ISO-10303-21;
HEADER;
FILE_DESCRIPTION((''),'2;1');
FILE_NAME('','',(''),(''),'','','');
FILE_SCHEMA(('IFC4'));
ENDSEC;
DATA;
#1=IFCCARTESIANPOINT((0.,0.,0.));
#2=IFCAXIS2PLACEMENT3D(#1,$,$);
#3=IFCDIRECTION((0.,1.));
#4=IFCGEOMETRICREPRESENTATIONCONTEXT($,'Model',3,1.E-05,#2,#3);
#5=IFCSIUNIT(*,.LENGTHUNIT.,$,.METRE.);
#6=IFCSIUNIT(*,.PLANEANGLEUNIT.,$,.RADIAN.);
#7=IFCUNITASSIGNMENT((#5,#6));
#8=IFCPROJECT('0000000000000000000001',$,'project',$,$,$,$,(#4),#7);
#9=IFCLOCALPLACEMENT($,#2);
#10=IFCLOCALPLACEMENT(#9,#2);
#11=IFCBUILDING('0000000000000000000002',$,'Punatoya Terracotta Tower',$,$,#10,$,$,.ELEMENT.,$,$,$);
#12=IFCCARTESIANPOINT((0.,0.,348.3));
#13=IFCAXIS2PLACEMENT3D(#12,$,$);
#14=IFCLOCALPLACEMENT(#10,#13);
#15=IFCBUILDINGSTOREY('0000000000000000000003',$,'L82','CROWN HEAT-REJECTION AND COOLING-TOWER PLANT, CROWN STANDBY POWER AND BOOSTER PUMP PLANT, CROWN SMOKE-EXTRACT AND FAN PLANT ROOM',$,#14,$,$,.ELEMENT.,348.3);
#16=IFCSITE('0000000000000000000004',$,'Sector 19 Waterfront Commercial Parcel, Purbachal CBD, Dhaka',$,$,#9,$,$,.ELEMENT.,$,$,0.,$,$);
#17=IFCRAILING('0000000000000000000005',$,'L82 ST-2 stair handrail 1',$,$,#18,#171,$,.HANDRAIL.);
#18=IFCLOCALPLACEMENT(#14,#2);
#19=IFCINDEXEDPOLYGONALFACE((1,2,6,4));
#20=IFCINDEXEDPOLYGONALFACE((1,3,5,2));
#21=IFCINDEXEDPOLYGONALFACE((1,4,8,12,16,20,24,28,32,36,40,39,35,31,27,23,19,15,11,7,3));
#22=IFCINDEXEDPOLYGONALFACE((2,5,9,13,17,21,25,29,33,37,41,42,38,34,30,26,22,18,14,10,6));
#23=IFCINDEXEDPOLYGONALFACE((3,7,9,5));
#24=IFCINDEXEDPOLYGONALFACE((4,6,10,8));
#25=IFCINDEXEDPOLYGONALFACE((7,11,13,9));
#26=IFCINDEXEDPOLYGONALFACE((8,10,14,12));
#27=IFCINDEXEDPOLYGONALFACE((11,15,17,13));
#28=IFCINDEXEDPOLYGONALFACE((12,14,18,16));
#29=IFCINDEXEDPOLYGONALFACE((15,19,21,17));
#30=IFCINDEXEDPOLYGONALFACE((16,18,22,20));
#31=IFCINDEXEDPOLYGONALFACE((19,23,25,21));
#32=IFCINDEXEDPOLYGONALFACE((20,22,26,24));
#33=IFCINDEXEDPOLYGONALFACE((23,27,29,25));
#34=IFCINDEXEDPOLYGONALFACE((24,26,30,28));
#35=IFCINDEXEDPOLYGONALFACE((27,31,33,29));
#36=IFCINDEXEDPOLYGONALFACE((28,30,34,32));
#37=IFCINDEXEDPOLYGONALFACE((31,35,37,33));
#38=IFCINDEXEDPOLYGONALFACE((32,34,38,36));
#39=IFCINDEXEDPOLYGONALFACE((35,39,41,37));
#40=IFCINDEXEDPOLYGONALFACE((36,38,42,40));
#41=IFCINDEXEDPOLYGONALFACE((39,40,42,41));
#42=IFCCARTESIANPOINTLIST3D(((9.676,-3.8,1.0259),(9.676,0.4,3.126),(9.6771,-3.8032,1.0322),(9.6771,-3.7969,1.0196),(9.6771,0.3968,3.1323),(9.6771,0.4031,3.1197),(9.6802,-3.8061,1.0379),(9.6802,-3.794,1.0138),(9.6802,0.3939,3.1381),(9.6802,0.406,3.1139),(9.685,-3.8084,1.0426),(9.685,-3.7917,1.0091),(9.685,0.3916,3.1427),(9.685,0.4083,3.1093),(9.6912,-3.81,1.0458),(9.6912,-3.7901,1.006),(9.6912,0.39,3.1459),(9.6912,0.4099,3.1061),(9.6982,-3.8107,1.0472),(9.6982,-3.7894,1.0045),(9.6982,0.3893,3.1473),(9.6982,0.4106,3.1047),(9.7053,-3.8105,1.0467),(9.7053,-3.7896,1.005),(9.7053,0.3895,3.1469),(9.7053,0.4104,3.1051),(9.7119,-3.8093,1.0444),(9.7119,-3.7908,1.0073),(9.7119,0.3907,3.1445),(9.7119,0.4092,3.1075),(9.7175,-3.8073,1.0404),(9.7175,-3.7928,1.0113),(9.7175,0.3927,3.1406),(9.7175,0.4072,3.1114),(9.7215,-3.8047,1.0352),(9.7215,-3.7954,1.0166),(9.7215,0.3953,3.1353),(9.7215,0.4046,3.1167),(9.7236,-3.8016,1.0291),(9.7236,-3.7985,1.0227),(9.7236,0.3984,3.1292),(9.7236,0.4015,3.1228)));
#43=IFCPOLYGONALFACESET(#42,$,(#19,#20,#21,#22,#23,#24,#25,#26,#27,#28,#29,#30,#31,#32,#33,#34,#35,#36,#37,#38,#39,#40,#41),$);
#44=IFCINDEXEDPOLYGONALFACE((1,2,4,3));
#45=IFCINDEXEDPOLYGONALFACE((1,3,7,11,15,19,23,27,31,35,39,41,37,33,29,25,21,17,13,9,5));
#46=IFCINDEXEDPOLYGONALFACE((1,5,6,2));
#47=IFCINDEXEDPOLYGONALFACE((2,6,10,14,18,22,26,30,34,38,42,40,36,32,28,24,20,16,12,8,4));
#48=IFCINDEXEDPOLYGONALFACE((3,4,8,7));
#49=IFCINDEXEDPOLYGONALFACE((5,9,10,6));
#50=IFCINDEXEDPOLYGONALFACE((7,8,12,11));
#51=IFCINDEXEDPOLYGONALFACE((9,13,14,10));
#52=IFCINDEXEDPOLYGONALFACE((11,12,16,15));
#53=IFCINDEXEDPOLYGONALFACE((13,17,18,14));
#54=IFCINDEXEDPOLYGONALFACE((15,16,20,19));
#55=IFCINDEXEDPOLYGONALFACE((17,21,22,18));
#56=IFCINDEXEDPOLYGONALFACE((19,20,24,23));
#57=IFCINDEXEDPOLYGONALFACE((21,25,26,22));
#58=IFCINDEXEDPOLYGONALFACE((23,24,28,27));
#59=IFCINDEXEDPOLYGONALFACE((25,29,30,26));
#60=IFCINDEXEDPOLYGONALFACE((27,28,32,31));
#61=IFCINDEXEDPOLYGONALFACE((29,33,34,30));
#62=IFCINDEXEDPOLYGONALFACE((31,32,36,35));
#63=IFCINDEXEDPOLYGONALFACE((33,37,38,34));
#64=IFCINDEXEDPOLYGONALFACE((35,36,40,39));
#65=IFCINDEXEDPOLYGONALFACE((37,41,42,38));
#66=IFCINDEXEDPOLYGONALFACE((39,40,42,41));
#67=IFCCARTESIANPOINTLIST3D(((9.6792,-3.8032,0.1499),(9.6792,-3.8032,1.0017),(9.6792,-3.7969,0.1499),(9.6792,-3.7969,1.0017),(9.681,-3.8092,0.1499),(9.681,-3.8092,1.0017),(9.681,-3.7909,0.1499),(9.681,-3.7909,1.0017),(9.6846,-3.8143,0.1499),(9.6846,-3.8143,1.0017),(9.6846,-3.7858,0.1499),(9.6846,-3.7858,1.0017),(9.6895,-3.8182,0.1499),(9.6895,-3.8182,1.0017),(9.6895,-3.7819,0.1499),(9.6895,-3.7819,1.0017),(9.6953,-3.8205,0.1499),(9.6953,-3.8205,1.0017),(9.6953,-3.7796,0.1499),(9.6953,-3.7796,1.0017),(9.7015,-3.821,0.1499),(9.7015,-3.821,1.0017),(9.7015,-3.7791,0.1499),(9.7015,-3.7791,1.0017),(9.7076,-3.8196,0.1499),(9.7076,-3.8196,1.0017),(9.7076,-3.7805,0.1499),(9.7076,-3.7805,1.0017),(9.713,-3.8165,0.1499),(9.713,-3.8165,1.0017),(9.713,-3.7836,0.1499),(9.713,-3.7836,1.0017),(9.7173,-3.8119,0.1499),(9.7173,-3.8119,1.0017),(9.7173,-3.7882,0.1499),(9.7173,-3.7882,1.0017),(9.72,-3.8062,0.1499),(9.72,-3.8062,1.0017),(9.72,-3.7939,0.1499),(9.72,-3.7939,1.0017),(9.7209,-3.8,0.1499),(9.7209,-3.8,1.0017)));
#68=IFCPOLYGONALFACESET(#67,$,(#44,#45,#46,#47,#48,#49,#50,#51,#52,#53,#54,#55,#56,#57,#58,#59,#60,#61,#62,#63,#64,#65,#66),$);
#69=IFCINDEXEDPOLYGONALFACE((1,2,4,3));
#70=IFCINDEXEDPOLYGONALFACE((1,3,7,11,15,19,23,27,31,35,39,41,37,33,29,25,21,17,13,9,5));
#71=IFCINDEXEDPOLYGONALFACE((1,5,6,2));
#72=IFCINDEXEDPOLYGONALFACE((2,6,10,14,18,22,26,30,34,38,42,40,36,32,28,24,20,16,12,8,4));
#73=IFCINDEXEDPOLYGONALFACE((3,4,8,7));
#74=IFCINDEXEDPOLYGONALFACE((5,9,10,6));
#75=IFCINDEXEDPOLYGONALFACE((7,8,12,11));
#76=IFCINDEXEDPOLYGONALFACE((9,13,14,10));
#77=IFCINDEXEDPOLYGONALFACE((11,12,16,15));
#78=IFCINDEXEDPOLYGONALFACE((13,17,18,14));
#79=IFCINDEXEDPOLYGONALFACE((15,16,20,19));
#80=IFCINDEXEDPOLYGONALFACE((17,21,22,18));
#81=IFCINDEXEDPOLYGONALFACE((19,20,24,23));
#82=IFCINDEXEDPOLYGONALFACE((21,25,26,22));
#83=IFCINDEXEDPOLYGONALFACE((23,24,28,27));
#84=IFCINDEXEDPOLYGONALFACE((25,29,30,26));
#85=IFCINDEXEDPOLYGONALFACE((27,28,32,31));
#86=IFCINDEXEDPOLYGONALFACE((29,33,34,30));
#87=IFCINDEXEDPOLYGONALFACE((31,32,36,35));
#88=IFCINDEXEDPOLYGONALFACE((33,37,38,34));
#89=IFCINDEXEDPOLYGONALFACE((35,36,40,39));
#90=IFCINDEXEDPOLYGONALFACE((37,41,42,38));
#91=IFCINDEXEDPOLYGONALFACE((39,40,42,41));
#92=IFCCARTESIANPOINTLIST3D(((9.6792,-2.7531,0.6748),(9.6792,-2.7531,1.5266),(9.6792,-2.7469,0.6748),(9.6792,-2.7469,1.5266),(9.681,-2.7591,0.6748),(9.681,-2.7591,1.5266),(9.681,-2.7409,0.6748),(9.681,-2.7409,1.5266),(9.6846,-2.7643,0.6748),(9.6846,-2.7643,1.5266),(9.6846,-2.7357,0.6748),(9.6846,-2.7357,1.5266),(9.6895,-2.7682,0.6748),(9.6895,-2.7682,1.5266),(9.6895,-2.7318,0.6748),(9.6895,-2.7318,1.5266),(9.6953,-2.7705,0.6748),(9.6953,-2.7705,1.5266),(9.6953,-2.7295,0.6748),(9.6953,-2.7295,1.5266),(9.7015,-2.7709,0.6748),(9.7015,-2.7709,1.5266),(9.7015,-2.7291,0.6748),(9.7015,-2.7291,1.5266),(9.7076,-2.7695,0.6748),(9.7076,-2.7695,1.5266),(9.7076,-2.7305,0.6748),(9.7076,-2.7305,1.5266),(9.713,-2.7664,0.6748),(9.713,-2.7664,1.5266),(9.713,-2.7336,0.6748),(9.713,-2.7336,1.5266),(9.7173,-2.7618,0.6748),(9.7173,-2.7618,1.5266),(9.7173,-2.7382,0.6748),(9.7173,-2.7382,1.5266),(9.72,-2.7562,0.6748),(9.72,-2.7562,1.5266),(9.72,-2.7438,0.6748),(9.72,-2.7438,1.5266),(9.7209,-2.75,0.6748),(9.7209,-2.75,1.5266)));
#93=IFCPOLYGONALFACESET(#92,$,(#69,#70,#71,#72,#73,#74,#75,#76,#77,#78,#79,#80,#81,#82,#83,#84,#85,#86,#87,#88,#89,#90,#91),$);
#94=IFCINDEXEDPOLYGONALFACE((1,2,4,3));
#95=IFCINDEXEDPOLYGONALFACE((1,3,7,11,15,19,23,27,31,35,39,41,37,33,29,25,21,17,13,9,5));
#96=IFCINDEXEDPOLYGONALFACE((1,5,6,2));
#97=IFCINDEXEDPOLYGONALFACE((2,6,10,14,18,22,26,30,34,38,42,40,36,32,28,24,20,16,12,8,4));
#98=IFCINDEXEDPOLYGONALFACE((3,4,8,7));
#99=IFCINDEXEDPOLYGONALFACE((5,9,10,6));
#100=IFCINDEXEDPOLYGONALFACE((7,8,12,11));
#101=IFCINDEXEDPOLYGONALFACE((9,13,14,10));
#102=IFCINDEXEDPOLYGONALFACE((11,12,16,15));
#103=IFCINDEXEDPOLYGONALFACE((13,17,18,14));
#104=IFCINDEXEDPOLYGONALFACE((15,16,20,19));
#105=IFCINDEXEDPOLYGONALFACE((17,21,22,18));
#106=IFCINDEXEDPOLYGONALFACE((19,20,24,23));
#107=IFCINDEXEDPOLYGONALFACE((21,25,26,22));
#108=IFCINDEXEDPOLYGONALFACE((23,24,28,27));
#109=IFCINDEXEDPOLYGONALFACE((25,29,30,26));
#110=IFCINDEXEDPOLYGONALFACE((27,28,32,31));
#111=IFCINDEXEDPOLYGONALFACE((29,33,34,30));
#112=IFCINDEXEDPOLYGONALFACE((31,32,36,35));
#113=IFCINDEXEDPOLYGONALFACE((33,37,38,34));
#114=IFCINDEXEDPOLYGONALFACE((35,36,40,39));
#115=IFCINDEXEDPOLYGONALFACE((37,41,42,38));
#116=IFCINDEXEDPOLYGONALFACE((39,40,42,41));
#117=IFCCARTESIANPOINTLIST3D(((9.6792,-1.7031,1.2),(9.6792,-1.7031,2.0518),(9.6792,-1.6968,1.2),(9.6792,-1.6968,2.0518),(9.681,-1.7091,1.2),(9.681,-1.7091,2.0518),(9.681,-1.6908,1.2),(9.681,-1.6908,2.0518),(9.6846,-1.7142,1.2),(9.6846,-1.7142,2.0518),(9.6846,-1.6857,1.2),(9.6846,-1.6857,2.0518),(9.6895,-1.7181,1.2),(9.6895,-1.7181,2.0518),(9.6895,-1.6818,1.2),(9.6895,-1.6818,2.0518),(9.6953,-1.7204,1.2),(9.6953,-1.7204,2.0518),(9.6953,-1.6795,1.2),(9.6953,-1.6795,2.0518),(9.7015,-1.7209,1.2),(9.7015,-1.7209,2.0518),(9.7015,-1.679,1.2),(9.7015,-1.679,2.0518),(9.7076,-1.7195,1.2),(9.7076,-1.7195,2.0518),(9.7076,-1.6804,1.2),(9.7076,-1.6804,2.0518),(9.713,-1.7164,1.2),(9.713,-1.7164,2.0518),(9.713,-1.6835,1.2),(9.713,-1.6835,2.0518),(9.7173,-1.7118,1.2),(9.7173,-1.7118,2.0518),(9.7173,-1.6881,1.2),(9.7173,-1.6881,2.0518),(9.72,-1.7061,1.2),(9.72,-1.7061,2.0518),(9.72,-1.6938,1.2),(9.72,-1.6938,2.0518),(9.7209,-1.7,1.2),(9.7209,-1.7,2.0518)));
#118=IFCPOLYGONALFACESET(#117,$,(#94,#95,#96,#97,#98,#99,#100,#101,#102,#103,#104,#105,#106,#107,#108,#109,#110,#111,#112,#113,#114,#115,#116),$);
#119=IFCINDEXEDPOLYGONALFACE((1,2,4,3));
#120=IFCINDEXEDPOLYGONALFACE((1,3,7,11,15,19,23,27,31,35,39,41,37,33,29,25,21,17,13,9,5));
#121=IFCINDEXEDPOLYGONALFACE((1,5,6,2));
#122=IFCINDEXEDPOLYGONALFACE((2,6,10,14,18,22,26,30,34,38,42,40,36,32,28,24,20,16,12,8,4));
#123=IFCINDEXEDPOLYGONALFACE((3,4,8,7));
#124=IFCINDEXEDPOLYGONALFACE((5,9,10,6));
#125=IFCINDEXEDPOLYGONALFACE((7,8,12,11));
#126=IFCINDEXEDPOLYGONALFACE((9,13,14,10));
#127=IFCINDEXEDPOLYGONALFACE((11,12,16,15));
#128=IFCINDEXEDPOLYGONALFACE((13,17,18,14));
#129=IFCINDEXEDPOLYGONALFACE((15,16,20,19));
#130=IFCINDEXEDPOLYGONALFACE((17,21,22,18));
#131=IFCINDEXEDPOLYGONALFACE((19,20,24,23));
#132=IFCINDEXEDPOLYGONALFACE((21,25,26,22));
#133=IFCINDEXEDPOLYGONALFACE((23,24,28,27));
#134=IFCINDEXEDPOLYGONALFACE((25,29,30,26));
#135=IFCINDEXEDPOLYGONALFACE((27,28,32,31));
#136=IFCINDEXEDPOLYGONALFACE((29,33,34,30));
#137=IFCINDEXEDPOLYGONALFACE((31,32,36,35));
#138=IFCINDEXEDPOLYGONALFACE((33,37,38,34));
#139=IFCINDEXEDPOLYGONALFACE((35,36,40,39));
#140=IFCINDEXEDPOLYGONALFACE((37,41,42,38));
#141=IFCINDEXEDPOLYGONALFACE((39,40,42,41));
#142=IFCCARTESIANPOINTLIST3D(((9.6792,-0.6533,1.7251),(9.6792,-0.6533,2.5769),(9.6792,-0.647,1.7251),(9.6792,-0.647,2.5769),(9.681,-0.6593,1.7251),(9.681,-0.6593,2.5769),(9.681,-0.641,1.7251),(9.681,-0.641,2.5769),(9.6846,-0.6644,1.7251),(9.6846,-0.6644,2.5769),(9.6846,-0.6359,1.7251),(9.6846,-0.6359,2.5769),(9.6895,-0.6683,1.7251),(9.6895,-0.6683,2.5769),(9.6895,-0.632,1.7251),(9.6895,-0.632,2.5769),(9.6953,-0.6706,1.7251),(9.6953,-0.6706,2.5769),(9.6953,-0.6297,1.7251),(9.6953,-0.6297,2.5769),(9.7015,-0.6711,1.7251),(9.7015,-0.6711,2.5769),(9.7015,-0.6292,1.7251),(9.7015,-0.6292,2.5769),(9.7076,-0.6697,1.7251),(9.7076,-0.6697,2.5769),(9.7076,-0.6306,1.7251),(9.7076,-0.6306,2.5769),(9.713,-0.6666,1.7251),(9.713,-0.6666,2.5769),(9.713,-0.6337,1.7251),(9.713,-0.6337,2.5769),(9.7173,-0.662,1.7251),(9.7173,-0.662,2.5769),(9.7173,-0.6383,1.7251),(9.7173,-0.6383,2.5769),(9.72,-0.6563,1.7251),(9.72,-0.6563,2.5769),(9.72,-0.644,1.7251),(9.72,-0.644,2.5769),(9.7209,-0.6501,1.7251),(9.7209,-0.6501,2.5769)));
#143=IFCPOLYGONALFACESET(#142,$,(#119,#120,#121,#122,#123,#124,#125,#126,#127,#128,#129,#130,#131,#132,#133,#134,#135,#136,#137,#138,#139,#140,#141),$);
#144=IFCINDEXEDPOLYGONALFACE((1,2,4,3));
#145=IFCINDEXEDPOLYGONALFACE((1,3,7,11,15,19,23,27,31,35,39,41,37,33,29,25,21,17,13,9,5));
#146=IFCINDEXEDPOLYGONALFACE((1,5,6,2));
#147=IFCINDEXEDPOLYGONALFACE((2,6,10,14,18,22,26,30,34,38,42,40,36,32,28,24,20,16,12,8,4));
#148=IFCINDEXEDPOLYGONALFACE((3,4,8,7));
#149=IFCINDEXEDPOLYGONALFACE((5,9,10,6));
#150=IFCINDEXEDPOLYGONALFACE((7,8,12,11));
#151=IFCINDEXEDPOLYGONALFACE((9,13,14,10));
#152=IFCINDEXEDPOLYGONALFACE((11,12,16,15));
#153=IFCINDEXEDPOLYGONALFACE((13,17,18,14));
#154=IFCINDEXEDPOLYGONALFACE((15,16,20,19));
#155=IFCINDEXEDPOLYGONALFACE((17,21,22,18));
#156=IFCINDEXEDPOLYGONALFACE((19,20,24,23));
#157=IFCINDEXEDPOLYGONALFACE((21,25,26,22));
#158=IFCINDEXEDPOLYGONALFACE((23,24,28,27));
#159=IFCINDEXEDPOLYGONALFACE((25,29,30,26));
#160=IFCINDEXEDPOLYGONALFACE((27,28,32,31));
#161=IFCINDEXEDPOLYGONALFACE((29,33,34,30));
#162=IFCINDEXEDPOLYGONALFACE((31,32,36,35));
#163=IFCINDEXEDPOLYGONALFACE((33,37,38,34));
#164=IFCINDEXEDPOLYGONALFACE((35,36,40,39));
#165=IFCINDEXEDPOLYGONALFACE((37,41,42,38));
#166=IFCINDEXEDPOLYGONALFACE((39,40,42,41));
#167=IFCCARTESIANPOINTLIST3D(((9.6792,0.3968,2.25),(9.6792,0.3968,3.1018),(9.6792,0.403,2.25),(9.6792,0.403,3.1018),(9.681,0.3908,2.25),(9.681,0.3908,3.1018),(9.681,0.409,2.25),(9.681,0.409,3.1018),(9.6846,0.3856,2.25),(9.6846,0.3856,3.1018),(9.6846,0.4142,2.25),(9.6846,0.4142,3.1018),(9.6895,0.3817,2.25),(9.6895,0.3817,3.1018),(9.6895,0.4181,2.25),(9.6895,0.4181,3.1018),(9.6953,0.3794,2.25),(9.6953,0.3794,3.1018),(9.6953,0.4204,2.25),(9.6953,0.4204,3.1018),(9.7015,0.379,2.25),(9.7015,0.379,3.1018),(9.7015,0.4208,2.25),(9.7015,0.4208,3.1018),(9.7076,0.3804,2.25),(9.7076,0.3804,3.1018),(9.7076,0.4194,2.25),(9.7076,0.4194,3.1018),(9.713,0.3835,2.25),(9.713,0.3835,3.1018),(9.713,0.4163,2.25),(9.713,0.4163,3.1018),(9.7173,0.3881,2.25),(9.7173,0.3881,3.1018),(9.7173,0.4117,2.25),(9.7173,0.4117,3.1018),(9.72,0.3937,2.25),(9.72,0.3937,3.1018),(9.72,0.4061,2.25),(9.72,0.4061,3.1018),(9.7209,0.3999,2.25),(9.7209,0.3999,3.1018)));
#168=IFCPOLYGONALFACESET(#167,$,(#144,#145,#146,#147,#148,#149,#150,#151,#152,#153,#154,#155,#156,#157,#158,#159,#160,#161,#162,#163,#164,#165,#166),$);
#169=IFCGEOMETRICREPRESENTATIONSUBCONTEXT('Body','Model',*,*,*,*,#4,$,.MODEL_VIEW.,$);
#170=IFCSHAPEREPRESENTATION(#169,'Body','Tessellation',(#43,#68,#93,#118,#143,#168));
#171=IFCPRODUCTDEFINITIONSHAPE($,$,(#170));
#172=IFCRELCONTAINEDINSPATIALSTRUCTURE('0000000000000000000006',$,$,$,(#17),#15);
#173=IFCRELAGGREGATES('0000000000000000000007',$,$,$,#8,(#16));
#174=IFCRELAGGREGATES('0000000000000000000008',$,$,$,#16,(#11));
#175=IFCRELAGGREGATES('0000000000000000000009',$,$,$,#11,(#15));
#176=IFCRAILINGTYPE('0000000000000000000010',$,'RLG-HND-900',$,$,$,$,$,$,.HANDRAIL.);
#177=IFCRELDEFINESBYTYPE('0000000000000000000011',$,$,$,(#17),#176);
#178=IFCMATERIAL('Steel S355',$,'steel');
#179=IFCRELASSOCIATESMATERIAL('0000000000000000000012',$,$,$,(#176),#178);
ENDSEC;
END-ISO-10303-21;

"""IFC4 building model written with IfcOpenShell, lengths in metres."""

from ifc_helpers import new_model, si_unit, direction, frame, origin, origin_2d, place, context, subcontext, project, spatial, circle, extrude, material, type_object, element, save


model = new_model("IFC4")

# Units and contexts
model_context = context("Model", 3, precision=1e-05, world=origin(), true_north=direction((0.0, 1.0)))
body_context = subcontext(model_context, "Body", "Model", "MODEL_VIEW")
ifc_project = project(units=[si_unit("LENGTHUNIT", "METRE"), si_unit("PLANEANGLEUNIT", "RADIAN")], contexts=[model_context])

# Site, building, storey
site_placement = place(None, origin())
site = spatial("IfcSite", under=ifc_project, at=site_placement, Name="Sector 19 Waterfront Commercial Parcel, Purbachal CBD, Dhaka", CompositionType="ELEMENT", RefElevation=0.0)
building_placement = place(site_placement, origin())
building = spatial("IfcBuilding", under=site, at=building_placement, Name="Punatoya Terracotta Tower", CompositionType="ELEMENT")
storey_placement = place(building_placement, frame((0.0, 0.0, 348.3)))
storey = spatial("IfcBuildingStorey", under=building, at=storey_placement, Name="L82", Description="CROWN HEAT-REJECTION AND COOLING-TOWER PLANT, CROWN STANDBY POWER AND BOOSTER PUMP PLANT, CROWN SMOKE-EXTRACT AND FAN PLANT ROOM", CompositionType="ELEMENT", Elevation=348.3)

# Railing
ifc_material_1 = material(Name="Steel S355", Category="steel")
railing_type_1 = type_object("IfcRailingType", Name="RLG-HND-900", PredefinedType="HANDRAIL", material=ifc_material_1)
railing_1_placement = place(storey_placement, frame((9.7, -3.8, 0.1499)))
element("IfcRailing", 1, at=railing_1_placement, inside=storey, type_object=railing_type_1, Name="L82 ST-2 stair handrail 1", PredefinedType="HANDRAIL", context=body_context, shape_type="SweptSolid", body=[
    extrude(circle(Radius=0.0239, at=origin_2d()), frame((0.0, 0.0, 0.876), z_axis=(0.0, 0.894417, 0.447234), x_axis=(-1.0, 0.0, 0.0)), (0.0, 0.0, 1.0), 4.6958),
    extrude(circle(Radius=0.021, at=origin_2d()), origin(), (0.0, 0.0, 1.0), 0.8518),
    extrude(circle(Radius=0.021, at=origin_2d()), frame((0.0, 1.05, 0.5249)), (0.0, 0.0, 1.0), 0.8518),
    extrude(circle(Radius=0.021, at=origin_2d()), frame((0.0, 2.1001, 1.05)), (0.0, 0.0, 1.0), 0.8518),
    extrude(circle(Radius=0.021, at=origin_2d()), frame((0.0, 3.1499, 1.5752)), (0.0, 0.0, 1.0), 0.8518),
    extrude(circle(Radius=0.021, at=origin_2d()), frame((0.0, 4.2, 2.1001)), (0.0, 0.0, 1.0), 0.8518),
])

save(model, "model.ifc")
